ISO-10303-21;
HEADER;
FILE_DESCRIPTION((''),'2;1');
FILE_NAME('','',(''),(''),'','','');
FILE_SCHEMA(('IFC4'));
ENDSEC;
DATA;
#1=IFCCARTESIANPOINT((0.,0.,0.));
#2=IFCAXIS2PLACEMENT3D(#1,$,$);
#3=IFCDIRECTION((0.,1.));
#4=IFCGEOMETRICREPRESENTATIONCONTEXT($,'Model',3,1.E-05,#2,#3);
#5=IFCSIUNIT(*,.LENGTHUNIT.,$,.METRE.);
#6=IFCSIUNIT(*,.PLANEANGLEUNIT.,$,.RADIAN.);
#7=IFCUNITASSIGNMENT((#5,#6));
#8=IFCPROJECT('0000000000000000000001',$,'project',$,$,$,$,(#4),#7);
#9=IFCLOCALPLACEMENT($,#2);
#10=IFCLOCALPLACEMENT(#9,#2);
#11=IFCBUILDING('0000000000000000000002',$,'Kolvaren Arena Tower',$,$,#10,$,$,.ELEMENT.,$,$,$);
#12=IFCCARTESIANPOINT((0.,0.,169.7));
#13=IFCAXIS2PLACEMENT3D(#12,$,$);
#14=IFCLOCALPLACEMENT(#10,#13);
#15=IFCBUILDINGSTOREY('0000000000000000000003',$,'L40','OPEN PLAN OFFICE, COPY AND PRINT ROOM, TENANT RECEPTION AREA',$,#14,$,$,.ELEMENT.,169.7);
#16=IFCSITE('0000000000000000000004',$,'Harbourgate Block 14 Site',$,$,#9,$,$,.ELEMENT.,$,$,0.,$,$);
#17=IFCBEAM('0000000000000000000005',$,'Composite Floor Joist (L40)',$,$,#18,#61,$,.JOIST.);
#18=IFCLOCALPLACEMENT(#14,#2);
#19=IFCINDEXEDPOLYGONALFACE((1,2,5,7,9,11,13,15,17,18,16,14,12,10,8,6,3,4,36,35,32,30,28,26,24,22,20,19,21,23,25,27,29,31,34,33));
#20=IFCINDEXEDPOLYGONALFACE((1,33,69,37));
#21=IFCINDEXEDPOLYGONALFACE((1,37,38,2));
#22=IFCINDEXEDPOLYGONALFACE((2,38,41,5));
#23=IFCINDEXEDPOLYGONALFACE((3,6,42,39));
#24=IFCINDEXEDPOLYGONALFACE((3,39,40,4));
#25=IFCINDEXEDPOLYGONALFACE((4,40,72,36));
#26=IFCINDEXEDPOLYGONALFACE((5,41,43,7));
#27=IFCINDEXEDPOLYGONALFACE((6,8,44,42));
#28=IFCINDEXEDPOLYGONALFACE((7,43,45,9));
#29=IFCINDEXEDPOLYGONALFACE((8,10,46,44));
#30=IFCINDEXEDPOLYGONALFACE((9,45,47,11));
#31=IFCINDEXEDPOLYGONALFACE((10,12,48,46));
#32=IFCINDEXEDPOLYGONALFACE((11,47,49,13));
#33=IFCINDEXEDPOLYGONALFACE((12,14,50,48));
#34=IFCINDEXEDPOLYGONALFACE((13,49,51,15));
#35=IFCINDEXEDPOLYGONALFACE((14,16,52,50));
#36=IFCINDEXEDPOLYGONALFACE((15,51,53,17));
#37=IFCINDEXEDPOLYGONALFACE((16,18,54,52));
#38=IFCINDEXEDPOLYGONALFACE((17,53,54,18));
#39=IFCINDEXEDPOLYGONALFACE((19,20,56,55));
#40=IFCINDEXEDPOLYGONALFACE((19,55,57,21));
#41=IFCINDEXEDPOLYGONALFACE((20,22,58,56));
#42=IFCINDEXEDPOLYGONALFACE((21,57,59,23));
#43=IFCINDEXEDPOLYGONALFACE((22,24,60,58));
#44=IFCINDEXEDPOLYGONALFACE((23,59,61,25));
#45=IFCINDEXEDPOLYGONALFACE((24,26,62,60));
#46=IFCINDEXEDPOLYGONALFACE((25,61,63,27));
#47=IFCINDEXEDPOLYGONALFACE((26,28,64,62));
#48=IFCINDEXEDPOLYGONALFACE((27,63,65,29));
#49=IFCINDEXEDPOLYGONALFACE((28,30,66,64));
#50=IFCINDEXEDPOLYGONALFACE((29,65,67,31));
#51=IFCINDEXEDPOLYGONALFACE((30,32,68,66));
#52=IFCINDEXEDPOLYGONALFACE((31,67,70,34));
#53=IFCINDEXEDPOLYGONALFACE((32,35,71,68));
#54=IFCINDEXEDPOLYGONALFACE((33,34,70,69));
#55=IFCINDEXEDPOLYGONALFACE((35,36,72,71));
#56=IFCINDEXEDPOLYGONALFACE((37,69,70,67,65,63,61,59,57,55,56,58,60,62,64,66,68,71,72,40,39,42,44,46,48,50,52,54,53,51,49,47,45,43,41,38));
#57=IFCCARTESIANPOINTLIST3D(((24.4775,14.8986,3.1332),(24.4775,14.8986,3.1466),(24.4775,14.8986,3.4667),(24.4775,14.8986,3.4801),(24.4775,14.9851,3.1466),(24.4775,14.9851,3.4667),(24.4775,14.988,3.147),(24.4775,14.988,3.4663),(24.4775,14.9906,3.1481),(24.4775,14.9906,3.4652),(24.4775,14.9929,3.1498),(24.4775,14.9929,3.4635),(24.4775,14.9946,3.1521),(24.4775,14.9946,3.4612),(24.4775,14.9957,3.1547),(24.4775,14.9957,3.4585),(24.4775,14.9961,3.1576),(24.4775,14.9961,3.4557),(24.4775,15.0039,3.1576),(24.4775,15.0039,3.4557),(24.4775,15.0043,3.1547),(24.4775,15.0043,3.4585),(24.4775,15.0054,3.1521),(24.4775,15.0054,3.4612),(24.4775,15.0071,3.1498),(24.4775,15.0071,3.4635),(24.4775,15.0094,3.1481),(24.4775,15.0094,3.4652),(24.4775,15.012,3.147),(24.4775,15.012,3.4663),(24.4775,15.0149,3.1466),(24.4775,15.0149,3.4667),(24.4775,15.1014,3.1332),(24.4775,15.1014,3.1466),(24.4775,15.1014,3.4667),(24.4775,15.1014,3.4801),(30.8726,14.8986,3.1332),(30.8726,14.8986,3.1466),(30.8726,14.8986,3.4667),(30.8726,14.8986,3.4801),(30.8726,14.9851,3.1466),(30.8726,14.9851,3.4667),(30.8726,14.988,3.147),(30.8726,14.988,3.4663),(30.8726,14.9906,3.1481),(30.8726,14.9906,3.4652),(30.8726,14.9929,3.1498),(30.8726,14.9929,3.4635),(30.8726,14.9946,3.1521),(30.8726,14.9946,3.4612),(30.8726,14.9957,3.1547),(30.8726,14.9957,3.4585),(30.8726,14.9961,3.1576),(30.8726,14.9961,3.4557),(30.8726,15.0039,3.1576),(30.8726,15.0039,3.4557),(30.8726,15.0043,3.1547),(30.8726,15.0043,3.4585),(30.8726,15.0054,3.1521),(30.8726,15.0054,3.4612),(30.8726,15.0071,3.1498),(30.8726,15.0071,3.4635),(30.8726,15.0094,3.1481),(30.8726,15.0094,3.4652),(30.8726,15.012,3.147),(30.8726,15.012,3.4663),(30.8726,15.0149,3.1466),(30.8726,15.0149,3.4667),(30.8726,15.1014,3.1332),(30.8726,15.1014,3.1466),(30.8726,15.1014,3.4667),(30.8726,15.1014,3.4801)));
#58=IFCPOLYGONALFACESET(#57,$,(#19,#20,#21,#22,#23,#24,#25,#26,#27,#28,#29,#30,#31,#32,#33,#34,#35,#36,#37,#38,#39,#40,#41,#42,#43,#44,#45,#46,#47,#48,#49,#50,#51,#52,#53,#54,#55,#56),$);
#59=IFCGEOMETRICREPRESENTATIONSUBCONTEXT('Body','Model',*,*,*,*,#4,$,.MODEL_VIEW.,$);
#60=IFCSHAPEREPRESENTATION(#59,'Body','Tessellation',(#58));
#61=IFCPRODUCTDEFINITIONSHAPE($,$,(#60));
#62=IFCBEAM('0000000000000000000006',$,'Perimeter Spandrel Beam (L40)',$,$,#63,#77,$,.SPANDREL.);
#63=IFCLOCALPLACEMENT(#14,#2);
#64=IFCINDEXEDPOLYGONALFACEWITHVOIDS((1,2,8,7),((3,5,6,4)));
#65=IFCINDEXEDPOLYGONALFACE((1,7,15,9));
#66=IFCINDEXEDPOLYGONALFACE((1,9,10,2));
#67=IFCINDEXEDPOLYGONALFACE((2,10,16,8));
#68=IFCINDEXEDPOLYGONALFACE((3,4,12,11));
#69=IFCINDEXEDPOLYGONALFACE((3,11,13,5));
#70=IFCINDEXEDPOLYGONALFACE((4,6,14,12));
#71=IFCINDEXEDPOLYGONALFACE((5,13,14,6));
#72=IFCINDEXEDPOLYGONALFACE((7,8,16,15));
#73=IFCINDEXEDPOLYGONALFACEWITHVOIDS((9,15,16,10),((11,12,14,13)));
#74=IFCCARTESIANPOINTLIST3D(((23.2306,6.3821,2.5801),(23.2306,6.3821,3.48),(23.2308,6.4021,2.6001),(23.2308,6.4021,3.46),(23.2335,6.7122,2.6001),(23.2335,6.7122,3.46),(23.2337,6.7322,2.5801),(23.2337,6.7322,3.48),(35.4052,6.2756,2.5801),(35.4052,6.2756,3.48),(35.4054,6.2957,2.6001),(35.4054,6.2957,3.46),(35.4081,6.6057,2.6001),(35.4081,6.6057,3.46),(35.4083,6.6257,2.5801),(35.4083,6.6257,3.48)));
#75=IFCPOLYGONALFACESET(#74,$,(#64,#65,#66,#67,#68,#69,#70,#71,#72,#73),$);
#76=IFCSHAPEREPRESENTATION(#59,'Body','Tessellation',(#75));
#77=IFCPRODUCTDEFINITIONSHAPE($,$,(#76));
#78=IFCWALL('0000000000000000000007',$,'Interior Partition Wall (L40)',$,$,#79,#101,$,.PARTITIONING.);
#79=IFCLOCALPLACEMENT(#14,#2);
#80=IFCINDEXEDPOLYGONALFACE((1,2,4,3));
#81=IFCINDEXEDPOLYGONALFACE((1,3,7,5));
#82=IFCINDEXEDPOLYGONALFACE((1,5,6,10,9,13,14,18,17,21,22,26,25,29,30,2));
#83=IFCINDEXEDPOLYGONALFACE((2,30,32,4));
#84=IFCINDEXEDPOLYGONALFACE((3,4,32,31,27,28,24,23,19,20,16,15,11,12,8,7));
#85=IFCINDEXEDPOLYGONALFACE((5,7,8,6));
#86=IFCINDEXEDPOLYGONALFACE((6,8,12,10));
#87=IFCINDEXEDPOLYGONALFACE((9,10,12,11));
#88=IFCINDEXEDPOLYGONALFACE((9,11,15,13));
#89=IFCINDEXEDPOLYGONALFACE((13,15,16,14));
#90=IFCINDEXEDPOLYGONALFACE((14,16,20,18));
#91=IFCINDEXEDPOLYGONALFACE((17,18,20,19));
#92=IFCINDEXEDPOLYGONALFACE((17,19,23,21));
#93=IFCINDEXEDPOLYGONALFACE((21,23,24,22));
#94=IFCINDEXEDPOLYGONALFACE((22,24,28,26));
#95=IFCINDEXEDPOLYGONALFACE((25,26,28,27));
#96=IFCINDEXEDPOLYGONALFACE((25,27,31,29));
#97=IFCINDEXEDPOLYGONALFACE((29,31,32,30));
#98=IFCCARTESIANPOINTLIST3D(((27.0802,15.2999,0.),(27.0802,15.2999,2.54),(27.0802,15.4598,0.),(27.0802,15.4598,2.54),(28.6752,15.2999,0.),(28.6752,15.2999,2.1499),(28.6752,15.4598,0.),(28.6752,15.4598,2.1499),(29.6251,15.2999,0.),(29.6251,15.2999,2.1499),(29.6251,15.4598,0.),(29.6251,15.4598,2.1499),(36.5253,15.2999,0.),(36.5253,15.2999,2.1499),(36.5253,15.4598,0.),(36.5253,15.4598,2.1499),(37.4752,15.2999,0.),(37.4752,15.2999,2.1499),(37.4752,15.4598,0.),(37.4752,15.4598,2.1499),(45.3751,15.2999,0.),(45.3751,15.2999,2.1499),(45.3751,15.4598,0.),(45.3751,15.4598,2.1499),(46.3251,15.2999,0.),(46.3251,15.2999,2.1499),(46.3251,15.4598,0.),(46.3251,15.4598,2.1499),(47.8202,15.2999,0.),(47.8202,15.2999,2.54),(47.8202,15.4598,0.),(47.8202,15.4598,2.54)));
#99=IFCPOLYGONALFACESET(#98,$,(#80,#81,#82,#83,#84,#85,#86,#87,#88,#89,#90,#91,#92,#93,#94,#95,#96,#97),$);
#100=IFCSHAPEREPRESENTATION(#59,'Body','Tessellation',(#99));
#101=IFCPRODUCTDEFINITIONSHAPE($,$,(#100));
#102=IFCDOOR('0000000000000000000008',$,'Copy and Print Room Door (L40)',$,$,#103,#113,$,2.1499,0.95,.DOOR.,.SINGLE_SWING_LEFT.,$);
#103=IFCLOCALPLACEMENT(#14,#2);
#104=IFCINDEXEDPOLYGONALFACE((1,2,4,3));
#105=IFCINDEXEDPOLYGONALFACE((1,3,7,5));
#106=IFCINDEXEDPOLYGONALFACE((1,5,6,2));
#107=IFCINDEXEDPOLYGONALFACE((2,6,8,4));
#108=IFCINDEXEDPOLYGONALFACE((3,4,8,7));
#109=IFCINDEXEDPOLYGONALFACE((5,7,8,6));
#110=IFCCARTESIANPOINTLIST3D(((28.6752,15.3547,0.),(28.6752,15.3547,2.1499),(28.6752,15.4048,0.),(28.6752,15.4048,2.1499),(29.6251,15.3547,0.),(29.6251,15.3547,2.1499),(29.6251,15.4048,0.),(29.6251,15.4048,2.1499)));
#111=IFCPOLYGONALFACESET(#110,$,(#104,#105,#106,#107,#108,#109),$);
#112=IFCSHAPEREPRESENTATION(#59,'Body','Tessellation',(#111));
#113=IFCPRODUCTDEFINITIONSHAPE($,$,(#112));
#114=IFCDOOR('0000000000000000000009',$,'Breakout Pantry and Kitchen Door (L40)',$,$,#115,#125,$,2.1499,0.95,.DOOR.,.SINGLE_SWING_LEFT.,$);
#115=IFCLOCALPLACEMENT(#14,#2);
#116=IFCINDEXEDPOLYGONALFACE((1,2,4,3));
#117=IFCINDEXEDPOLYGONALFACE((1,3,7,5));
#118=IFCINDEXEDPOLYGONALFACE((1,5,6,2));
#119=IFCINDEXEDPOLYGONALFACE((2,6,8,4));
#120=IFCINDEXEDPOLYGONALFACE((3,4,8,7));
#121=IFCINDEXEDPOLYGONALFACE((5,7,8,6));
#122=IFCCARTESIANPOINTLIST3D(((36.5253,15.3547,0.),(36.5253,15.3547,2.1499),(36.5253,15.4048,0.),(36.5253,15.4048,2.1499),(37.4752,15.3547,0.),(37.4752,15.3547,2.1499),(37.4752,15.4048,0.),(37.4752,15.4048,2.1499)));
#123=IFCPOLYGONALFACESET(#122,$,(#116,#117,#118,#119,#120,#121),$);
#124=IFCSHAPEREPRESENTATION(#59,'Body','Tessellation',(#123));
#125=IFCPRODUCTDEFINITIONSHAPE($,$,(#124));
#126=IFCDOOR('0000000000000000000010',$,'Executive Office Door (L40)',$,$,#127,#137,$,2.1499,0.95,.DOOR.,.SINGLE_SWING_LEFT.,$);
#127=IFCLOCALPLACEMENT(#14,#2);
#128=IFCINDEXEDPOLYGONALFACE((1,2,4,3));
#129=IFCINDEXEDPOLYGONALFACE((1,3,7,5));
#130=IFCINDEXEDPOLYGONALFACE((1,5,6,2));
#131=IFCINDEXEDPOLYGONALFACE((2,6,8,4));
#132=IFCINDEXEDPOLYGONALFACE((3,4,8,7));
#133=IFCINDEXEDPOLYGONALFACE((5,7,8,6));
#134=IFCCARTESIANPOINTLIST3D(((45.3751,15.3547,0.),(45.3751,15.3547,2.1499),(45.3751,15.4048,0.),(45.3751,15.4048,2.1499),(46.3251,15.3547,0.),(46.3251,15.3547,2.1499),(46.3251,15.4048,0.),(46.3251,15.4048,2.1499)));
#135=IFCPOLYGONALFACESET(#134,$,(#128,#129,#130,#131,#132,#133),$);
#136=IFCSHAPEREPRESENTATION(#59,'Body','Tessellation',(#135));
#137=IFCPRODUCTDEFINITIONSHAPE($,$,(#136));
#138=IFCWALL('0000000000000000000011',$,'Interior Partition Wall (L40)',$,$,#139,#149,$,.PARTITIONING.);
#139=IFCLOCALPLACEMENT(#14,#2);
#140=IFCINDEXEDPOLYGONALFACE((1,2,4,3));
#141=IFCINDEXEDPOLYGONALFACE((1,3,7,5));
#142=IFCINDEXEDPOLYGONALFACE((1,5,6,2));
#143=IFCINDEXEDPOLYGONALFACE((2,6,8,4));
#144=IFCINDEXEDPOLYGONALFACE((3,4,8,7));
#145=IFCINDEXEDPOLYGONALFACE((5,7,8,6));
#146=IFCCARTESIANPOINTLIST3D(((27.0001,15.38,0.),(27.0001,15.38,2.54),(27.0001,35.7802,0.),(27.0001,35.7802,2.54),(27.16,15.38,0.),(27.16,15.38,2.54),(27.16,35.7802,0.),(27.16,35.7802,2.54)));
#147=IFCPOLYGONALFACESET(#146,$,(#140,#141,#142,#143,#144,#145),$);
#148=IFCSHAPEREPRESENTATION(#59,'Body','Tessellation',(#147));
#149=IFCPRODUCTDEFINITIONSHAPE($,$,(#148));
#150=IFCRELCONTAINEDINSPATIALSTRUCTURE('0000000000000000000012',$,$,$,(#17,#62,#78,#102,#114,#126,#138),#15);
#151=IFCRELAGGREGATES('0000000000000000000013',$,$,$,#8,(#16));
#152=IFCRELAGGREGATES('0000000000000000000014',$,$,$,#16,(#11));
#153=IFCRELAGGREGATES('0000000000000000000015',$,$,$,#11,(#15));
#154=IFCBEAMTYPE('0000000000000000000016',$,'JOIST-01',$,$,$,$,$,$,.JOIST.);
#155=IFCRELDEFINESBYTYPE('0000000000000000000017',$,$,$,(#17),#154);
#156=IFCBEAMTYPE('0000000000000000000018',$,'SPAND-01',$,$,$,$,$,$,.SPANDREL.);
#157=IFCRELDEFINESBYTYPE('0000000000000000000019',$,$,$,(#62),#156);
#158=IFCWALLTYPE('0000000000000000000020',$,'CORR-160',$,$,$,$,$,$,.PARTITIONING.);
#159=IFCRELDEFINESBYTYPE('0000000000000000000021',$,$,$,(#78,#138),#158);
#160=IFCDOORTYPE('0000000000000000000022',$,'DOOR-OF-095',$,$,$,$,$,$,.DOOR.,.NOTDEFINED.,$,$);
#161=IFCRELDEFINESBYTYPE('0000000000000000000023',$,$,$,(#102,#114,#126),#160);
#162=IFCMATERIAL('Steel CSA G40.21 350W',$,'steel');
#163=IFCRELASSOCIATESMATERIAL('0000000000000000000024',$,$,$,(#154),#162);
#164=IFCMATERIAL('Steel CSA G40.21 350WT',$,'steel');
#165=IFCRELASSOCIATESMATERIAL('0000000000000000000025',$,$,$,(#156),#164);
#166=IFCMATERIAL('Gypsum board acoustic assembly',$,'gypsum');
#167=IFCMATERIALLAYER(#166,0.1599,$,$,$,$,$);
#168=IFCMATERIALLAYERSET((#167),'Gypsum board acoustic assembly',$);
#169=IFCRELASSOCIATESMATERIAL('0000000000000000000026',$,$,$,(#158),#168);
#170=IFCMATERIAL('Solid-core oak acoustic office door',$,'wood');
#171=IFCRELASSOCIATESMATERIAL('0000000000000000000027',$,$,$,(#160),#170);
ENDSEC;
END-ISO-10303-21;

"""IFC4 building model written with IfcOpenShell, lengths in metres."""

from ifc_helpers import new_model, si_unit, direction, frame, frame_2d, origin, origin_2d, place, context, subcontext, project, spatial, rectangle, hollow_rectangle, i_section, extrude, material, layer, layer_set, material_profile, profile_set, type_object, element, fill, save


model = new_model("IFC4")

# Units and contexts
model_context = context("Model", 3, precision=1e-05, world=origin(), true_north=direction((0.0, 1.0)))
body_context = subcontext(model_context, "Body", "Model", "MODEL_VIEW")
ifc_project = project(units=[si_unit("LENGTHUNIT", "METRE"), si_unit("PLANEANGLEUNIT", "RADIAN")], contexts=[model_context])

# Site, building, storey
site_placement = place(None, origin())
site = spatial("IfcSite", under=ifc_project, at=site_placement, Name="Harbourgate Block 14 Site", CompositionType="ELEMENT", RefElevation=0.0)
building_placement = place(site_placement, origin())
building = spatial("IfcBuilding", under=site, at=building_placement, Name="Kolvaren Arena Tower", CompositionType="ELEMENT")
storey_placement = place(building_placement, frame((0.0, 0.0, 169.7)))
storey = spatial("IfcBuildingStorey", under=building, at=storey_placement, Name="L40", Description="OPEN PLAN OFFICE, COPY AND PRINT ROOM, TENANT RECEPTION AREA", CompositionType="ELEMENT", Elevation=169.7)

# Beams
ifc_material_1 = material(Name="Steel CSA G40.21 350W", Category="steel")
ifc_material_profile_1 = material_profile(ifc_material_1, i_section(OverallWidth=0.2029, OverallDepth=0.3469, WebThickness=0.0078, FlangeThickness=0.0134, FilletRadius=0.011, at=origin_2d()), Name="W360x64")
ifc_profile_set_1 = profile_set([ifc_material_profile_1], Name="Steel CSA G40.21 350W")
beam_type_1 = type_object("IfcBeamType", Name="JOIST-01", PredefinedType="JOIST", material=ifc_profile_set_1)
beam_1_placement = place(storey_placement, frame((24.4775, 15.0, 3.3066), z_axis=(1.0, 0.0, 0.0), x_axis=(0.0, 1.0, 0.0)))
element("IfcBeam", 1, at=beam_1_placement, inside=storey, type_object=beam_type_1, Name="Composite Floor Joist (L40)", PredefinedType="JOIST", context=body_context, shape_type="SweptSolid", body=[
    extrude(i_section(OverallWidth=0.2029, OverallDepth=0.3469, WebThickness=0.0078, FlangeThickness=0.0134, FilletRadius=0.011, at=origin_2d()), origin(), (0.0, 0.0, 1.0), 6.395),
])
ifc_material_2 = material(Name="Steel CSA G40.21 350WT", Category="steel")
ifc_material_profile_2 = material_profile(ifc_material_2, hollow_rectangle(XDim=0.3501, YDim=0.8999, WallThickness=0.02, at=origin_2d()), Name="HSS 900x350x20")
ifc_profile_set_2 = profile_set([ifc_material_profile_2], Name="Steel CSA G40.21 350WT")
beam_type_2 = type_object("IfcBeamType", Name="SPAND-01", PredefinedType="SPANDREL", material=ifc_profile_set_2)
beam_2_placement = place(storey_placement, frame((23.2322, 6.5571, 3.03), z_axis=(0.999962, -0.008743, 0.0), x_axis=(0.008743, 0.999962, 0.0)))
element("IfcBeam", 2, at=beam_2_placement, inside=storey, type_object=beam_type_2, Name="Perimeter Spandrel Beam (L40)", PredefinedType="SPANDREL", context=body_context, shape_type="SweptSolid", body=[
    extrude(hollow_rectangle(XDim=0.3501, YDim=0.8999, WallThickness=0.02, at=origin_2d()), origin(), (0.0, 0.0, 1.0), 12.175),
])

# Wall, openings, doors
ifc_material_3 = material(Name="Gypsum board acoustic assembly", Category="gypsum")
ifc_layer_1 = layer(ifc_material_3, 0.1599)
ifc_layer_set_1 = layer_set([ifc_layer_1], Name="Gypsum board acoustic assembly")
wall_type_1 = type_object("IfcWallType", Name="CORR-160", PredefinedType="PARTITIONING", material=ifc_layer_set_1)
wall_1_placement = place(storey_placement, frame((27.0801, 15.3799, 0.0), z_axis=(0.0, 0.0, 1.0), x_axis=(1.0, 0.0, 0.0)))
wall_1 = element("IfcWall", 3, at=wall_1_placement, inside=storey, type_object=wall_type_1, Name="Interior Partition Wall (L40)", PredefinedType="PARTITIONING", context=body_context, shape_type="SweptSolid", body=[
    extrude(rectangle(XDim=20.74, YDim=0.1599, at=frame_2d((10.3701, 0.0))), origin(), (0.0, 0.0, 1.0), 2.54),
])
opening_1_placement = place(wall_1_placement, frame((1.595, 0.0, 0.0)))
opening_1 = element("IfcOpeningElement", 4, at=opening_1_placement, cuts=wall_1, PredefinedType="OPENING", context=body_context, shape_type="SweptSolid", body=[
    extrude(rectangle(XDim=0.95, YDim=2.1499, at=frame_2d((0.4751, 1.075))), frame((0.0, 0.0898, 0.0), z_axis=(0.0, -1.0, 0.0), x_axis=(1.0, 0.0, 0.0)), (0.0, 0.0, 1.0), 0.1799),
])
opening_2_placement = place(wall_1_placement, frame((9.4451, 0.0, 0.0)))
opening_2 = element("IfcOpeningElement", 5, at=opening_2_placement, cuts=wall_1, PredefinedType="OPENING", context=body_context, shape_type="SweptSolid", body=[
    extrude(rectangle(XDim=0.95, YDim=2.1499, at=frame_2d((0.4751, 1.075))), frame((0.0, 0.0898, 0.0), z_axis=(0.0, -1.0, 0.0), x_axis=(1.0, 0.0, 0.0)), (0.0, 0.0, 1.0), 0.1799),
])
opening_3_placement = place(wall_1_placement, frame((18.2949, 0.0, 0.0)))
opening_3 = element("IfcOpeningElement", 6, at=opening_3_placement, cuts=wall_1, PredefinedType="OPENING", context=body_context, shape_type="SweptSolid", body=[
    extrude(rectangle(XDim=0.95, YDim=2.1499, at=frame_2d((0.4751, 1.075))), frame((0.0, 0.0898, 0.0), z_axis=(0.0, -1.0, 0.0), x_axis=(1.0, 0.0, 0.0)), (0.0, 0.0, 1.0), 0.1799),
])
ifc_material_4 = material(Name="Solid-core oak acoustic office door", Category="wood")
door_type_1 = type_object("IfcDoorType", Name="DOOR-OF-095", OperationType="NOTDEFINED", PredefinedType="DOOR", material=ifc_material_4)
door_1_placement = place(opening_1_placement, origin())
door_1 = element("IfcDoor", 7, at=door_1_placement, inside=storey, type_object=door_type_1, Name="Copy and Print Room Door (L40)", OperationType="SINGLE_SWING_LEFT", OverallHeight=2.1499, OverallWidth=0.95, PredefinedType="DOOR", context=body_context, shape_type="SweptSolid", body=[
    extrude(rectangle(XDim=0.95, YDim=2.1499, at=frame_2d((0.4751, 1.075))), frame((0.0, 0.0249, 0.0), z_axis=(0.0, -1.0, 0.0), x_axis=(1.0, 0.0, 0.0)), (0.0, 0.0, 1.0), 0.05),
])
fill(opening_1, door_1)
door_2_placement = place(opening_2_placement, origin())
door_2 = element("IfcDoor", 8, at=door_2_placement, inside=storey, type_object=door_type_1, Name="Breakout Pantry and Kitchen Door (L40)", OperationType="SINGLE_SWING_LEFT", OverallHeight=2.1499, OverallWidth=0.95, PredefinedType="DOOR", context=body_context, shape_type="SweptSolid", body=[
    extrude(rectangle(XDim=0.95, YDim=2.1499, at=frame_2d((0.4751, 1.075))), frame((0.0, 0.0249, 0.0), z_axis=(0.0, -1.0, 0.0), x_axis=(1.0, 0.0, 0.0)), (0.0, 0.0, 1.0), 0.05),
])
fill(opening_2, door_2)
door_3_placement = place(opening_3_placement, origin())
door_3 = element("IfcDoor", 9, at=door_3_placement, inside=storey, type_object=door_type_1, Name="Executive Office Door (L40)", OperationType="SINGLE_SWING_LEFT", OverallHeight=2.1499, OverallWidth=0.95, PredefinedType="DOOR", context=body_context, shape_type="SweptSolid", body=[
    extrude(rectangle(XDim=0.95, YDim=2.1499, at=frame_2d((0.4751, 1.075))), frame((0.0, 0.0249, 0.0), z_axis=(0.0, -1.0, 0.0), x_axis=(1.0, 0.0, 0.0)), (0.0, 0.0, 1.0), 0.05),
])
fill(opening_3, door_3)

# Wall
wall_2_placement = place(storey_placement, frame((27.0801, 15.3799, 0.0), z_axis=(0.0, 0.0, 1.0), x_axis=(0.0, 1.0, 0.0)))
element("IfcWall", 10, at=wall_2_placement, inside=storey, type_object=wall_type_1, Name="Interior Partition Wall (L40)", PredefinedType="PARTITIONING", context=body_context, shape_type="SweptSolid", body=[
    extrude(rectangle(XDim=20.4001, YDim=0.1599, at=frame_2d((10.2002, 0.0))), origin(), (0.0, 0.0, 1.0), 2.54),
])

save(model, "model.ifc")
